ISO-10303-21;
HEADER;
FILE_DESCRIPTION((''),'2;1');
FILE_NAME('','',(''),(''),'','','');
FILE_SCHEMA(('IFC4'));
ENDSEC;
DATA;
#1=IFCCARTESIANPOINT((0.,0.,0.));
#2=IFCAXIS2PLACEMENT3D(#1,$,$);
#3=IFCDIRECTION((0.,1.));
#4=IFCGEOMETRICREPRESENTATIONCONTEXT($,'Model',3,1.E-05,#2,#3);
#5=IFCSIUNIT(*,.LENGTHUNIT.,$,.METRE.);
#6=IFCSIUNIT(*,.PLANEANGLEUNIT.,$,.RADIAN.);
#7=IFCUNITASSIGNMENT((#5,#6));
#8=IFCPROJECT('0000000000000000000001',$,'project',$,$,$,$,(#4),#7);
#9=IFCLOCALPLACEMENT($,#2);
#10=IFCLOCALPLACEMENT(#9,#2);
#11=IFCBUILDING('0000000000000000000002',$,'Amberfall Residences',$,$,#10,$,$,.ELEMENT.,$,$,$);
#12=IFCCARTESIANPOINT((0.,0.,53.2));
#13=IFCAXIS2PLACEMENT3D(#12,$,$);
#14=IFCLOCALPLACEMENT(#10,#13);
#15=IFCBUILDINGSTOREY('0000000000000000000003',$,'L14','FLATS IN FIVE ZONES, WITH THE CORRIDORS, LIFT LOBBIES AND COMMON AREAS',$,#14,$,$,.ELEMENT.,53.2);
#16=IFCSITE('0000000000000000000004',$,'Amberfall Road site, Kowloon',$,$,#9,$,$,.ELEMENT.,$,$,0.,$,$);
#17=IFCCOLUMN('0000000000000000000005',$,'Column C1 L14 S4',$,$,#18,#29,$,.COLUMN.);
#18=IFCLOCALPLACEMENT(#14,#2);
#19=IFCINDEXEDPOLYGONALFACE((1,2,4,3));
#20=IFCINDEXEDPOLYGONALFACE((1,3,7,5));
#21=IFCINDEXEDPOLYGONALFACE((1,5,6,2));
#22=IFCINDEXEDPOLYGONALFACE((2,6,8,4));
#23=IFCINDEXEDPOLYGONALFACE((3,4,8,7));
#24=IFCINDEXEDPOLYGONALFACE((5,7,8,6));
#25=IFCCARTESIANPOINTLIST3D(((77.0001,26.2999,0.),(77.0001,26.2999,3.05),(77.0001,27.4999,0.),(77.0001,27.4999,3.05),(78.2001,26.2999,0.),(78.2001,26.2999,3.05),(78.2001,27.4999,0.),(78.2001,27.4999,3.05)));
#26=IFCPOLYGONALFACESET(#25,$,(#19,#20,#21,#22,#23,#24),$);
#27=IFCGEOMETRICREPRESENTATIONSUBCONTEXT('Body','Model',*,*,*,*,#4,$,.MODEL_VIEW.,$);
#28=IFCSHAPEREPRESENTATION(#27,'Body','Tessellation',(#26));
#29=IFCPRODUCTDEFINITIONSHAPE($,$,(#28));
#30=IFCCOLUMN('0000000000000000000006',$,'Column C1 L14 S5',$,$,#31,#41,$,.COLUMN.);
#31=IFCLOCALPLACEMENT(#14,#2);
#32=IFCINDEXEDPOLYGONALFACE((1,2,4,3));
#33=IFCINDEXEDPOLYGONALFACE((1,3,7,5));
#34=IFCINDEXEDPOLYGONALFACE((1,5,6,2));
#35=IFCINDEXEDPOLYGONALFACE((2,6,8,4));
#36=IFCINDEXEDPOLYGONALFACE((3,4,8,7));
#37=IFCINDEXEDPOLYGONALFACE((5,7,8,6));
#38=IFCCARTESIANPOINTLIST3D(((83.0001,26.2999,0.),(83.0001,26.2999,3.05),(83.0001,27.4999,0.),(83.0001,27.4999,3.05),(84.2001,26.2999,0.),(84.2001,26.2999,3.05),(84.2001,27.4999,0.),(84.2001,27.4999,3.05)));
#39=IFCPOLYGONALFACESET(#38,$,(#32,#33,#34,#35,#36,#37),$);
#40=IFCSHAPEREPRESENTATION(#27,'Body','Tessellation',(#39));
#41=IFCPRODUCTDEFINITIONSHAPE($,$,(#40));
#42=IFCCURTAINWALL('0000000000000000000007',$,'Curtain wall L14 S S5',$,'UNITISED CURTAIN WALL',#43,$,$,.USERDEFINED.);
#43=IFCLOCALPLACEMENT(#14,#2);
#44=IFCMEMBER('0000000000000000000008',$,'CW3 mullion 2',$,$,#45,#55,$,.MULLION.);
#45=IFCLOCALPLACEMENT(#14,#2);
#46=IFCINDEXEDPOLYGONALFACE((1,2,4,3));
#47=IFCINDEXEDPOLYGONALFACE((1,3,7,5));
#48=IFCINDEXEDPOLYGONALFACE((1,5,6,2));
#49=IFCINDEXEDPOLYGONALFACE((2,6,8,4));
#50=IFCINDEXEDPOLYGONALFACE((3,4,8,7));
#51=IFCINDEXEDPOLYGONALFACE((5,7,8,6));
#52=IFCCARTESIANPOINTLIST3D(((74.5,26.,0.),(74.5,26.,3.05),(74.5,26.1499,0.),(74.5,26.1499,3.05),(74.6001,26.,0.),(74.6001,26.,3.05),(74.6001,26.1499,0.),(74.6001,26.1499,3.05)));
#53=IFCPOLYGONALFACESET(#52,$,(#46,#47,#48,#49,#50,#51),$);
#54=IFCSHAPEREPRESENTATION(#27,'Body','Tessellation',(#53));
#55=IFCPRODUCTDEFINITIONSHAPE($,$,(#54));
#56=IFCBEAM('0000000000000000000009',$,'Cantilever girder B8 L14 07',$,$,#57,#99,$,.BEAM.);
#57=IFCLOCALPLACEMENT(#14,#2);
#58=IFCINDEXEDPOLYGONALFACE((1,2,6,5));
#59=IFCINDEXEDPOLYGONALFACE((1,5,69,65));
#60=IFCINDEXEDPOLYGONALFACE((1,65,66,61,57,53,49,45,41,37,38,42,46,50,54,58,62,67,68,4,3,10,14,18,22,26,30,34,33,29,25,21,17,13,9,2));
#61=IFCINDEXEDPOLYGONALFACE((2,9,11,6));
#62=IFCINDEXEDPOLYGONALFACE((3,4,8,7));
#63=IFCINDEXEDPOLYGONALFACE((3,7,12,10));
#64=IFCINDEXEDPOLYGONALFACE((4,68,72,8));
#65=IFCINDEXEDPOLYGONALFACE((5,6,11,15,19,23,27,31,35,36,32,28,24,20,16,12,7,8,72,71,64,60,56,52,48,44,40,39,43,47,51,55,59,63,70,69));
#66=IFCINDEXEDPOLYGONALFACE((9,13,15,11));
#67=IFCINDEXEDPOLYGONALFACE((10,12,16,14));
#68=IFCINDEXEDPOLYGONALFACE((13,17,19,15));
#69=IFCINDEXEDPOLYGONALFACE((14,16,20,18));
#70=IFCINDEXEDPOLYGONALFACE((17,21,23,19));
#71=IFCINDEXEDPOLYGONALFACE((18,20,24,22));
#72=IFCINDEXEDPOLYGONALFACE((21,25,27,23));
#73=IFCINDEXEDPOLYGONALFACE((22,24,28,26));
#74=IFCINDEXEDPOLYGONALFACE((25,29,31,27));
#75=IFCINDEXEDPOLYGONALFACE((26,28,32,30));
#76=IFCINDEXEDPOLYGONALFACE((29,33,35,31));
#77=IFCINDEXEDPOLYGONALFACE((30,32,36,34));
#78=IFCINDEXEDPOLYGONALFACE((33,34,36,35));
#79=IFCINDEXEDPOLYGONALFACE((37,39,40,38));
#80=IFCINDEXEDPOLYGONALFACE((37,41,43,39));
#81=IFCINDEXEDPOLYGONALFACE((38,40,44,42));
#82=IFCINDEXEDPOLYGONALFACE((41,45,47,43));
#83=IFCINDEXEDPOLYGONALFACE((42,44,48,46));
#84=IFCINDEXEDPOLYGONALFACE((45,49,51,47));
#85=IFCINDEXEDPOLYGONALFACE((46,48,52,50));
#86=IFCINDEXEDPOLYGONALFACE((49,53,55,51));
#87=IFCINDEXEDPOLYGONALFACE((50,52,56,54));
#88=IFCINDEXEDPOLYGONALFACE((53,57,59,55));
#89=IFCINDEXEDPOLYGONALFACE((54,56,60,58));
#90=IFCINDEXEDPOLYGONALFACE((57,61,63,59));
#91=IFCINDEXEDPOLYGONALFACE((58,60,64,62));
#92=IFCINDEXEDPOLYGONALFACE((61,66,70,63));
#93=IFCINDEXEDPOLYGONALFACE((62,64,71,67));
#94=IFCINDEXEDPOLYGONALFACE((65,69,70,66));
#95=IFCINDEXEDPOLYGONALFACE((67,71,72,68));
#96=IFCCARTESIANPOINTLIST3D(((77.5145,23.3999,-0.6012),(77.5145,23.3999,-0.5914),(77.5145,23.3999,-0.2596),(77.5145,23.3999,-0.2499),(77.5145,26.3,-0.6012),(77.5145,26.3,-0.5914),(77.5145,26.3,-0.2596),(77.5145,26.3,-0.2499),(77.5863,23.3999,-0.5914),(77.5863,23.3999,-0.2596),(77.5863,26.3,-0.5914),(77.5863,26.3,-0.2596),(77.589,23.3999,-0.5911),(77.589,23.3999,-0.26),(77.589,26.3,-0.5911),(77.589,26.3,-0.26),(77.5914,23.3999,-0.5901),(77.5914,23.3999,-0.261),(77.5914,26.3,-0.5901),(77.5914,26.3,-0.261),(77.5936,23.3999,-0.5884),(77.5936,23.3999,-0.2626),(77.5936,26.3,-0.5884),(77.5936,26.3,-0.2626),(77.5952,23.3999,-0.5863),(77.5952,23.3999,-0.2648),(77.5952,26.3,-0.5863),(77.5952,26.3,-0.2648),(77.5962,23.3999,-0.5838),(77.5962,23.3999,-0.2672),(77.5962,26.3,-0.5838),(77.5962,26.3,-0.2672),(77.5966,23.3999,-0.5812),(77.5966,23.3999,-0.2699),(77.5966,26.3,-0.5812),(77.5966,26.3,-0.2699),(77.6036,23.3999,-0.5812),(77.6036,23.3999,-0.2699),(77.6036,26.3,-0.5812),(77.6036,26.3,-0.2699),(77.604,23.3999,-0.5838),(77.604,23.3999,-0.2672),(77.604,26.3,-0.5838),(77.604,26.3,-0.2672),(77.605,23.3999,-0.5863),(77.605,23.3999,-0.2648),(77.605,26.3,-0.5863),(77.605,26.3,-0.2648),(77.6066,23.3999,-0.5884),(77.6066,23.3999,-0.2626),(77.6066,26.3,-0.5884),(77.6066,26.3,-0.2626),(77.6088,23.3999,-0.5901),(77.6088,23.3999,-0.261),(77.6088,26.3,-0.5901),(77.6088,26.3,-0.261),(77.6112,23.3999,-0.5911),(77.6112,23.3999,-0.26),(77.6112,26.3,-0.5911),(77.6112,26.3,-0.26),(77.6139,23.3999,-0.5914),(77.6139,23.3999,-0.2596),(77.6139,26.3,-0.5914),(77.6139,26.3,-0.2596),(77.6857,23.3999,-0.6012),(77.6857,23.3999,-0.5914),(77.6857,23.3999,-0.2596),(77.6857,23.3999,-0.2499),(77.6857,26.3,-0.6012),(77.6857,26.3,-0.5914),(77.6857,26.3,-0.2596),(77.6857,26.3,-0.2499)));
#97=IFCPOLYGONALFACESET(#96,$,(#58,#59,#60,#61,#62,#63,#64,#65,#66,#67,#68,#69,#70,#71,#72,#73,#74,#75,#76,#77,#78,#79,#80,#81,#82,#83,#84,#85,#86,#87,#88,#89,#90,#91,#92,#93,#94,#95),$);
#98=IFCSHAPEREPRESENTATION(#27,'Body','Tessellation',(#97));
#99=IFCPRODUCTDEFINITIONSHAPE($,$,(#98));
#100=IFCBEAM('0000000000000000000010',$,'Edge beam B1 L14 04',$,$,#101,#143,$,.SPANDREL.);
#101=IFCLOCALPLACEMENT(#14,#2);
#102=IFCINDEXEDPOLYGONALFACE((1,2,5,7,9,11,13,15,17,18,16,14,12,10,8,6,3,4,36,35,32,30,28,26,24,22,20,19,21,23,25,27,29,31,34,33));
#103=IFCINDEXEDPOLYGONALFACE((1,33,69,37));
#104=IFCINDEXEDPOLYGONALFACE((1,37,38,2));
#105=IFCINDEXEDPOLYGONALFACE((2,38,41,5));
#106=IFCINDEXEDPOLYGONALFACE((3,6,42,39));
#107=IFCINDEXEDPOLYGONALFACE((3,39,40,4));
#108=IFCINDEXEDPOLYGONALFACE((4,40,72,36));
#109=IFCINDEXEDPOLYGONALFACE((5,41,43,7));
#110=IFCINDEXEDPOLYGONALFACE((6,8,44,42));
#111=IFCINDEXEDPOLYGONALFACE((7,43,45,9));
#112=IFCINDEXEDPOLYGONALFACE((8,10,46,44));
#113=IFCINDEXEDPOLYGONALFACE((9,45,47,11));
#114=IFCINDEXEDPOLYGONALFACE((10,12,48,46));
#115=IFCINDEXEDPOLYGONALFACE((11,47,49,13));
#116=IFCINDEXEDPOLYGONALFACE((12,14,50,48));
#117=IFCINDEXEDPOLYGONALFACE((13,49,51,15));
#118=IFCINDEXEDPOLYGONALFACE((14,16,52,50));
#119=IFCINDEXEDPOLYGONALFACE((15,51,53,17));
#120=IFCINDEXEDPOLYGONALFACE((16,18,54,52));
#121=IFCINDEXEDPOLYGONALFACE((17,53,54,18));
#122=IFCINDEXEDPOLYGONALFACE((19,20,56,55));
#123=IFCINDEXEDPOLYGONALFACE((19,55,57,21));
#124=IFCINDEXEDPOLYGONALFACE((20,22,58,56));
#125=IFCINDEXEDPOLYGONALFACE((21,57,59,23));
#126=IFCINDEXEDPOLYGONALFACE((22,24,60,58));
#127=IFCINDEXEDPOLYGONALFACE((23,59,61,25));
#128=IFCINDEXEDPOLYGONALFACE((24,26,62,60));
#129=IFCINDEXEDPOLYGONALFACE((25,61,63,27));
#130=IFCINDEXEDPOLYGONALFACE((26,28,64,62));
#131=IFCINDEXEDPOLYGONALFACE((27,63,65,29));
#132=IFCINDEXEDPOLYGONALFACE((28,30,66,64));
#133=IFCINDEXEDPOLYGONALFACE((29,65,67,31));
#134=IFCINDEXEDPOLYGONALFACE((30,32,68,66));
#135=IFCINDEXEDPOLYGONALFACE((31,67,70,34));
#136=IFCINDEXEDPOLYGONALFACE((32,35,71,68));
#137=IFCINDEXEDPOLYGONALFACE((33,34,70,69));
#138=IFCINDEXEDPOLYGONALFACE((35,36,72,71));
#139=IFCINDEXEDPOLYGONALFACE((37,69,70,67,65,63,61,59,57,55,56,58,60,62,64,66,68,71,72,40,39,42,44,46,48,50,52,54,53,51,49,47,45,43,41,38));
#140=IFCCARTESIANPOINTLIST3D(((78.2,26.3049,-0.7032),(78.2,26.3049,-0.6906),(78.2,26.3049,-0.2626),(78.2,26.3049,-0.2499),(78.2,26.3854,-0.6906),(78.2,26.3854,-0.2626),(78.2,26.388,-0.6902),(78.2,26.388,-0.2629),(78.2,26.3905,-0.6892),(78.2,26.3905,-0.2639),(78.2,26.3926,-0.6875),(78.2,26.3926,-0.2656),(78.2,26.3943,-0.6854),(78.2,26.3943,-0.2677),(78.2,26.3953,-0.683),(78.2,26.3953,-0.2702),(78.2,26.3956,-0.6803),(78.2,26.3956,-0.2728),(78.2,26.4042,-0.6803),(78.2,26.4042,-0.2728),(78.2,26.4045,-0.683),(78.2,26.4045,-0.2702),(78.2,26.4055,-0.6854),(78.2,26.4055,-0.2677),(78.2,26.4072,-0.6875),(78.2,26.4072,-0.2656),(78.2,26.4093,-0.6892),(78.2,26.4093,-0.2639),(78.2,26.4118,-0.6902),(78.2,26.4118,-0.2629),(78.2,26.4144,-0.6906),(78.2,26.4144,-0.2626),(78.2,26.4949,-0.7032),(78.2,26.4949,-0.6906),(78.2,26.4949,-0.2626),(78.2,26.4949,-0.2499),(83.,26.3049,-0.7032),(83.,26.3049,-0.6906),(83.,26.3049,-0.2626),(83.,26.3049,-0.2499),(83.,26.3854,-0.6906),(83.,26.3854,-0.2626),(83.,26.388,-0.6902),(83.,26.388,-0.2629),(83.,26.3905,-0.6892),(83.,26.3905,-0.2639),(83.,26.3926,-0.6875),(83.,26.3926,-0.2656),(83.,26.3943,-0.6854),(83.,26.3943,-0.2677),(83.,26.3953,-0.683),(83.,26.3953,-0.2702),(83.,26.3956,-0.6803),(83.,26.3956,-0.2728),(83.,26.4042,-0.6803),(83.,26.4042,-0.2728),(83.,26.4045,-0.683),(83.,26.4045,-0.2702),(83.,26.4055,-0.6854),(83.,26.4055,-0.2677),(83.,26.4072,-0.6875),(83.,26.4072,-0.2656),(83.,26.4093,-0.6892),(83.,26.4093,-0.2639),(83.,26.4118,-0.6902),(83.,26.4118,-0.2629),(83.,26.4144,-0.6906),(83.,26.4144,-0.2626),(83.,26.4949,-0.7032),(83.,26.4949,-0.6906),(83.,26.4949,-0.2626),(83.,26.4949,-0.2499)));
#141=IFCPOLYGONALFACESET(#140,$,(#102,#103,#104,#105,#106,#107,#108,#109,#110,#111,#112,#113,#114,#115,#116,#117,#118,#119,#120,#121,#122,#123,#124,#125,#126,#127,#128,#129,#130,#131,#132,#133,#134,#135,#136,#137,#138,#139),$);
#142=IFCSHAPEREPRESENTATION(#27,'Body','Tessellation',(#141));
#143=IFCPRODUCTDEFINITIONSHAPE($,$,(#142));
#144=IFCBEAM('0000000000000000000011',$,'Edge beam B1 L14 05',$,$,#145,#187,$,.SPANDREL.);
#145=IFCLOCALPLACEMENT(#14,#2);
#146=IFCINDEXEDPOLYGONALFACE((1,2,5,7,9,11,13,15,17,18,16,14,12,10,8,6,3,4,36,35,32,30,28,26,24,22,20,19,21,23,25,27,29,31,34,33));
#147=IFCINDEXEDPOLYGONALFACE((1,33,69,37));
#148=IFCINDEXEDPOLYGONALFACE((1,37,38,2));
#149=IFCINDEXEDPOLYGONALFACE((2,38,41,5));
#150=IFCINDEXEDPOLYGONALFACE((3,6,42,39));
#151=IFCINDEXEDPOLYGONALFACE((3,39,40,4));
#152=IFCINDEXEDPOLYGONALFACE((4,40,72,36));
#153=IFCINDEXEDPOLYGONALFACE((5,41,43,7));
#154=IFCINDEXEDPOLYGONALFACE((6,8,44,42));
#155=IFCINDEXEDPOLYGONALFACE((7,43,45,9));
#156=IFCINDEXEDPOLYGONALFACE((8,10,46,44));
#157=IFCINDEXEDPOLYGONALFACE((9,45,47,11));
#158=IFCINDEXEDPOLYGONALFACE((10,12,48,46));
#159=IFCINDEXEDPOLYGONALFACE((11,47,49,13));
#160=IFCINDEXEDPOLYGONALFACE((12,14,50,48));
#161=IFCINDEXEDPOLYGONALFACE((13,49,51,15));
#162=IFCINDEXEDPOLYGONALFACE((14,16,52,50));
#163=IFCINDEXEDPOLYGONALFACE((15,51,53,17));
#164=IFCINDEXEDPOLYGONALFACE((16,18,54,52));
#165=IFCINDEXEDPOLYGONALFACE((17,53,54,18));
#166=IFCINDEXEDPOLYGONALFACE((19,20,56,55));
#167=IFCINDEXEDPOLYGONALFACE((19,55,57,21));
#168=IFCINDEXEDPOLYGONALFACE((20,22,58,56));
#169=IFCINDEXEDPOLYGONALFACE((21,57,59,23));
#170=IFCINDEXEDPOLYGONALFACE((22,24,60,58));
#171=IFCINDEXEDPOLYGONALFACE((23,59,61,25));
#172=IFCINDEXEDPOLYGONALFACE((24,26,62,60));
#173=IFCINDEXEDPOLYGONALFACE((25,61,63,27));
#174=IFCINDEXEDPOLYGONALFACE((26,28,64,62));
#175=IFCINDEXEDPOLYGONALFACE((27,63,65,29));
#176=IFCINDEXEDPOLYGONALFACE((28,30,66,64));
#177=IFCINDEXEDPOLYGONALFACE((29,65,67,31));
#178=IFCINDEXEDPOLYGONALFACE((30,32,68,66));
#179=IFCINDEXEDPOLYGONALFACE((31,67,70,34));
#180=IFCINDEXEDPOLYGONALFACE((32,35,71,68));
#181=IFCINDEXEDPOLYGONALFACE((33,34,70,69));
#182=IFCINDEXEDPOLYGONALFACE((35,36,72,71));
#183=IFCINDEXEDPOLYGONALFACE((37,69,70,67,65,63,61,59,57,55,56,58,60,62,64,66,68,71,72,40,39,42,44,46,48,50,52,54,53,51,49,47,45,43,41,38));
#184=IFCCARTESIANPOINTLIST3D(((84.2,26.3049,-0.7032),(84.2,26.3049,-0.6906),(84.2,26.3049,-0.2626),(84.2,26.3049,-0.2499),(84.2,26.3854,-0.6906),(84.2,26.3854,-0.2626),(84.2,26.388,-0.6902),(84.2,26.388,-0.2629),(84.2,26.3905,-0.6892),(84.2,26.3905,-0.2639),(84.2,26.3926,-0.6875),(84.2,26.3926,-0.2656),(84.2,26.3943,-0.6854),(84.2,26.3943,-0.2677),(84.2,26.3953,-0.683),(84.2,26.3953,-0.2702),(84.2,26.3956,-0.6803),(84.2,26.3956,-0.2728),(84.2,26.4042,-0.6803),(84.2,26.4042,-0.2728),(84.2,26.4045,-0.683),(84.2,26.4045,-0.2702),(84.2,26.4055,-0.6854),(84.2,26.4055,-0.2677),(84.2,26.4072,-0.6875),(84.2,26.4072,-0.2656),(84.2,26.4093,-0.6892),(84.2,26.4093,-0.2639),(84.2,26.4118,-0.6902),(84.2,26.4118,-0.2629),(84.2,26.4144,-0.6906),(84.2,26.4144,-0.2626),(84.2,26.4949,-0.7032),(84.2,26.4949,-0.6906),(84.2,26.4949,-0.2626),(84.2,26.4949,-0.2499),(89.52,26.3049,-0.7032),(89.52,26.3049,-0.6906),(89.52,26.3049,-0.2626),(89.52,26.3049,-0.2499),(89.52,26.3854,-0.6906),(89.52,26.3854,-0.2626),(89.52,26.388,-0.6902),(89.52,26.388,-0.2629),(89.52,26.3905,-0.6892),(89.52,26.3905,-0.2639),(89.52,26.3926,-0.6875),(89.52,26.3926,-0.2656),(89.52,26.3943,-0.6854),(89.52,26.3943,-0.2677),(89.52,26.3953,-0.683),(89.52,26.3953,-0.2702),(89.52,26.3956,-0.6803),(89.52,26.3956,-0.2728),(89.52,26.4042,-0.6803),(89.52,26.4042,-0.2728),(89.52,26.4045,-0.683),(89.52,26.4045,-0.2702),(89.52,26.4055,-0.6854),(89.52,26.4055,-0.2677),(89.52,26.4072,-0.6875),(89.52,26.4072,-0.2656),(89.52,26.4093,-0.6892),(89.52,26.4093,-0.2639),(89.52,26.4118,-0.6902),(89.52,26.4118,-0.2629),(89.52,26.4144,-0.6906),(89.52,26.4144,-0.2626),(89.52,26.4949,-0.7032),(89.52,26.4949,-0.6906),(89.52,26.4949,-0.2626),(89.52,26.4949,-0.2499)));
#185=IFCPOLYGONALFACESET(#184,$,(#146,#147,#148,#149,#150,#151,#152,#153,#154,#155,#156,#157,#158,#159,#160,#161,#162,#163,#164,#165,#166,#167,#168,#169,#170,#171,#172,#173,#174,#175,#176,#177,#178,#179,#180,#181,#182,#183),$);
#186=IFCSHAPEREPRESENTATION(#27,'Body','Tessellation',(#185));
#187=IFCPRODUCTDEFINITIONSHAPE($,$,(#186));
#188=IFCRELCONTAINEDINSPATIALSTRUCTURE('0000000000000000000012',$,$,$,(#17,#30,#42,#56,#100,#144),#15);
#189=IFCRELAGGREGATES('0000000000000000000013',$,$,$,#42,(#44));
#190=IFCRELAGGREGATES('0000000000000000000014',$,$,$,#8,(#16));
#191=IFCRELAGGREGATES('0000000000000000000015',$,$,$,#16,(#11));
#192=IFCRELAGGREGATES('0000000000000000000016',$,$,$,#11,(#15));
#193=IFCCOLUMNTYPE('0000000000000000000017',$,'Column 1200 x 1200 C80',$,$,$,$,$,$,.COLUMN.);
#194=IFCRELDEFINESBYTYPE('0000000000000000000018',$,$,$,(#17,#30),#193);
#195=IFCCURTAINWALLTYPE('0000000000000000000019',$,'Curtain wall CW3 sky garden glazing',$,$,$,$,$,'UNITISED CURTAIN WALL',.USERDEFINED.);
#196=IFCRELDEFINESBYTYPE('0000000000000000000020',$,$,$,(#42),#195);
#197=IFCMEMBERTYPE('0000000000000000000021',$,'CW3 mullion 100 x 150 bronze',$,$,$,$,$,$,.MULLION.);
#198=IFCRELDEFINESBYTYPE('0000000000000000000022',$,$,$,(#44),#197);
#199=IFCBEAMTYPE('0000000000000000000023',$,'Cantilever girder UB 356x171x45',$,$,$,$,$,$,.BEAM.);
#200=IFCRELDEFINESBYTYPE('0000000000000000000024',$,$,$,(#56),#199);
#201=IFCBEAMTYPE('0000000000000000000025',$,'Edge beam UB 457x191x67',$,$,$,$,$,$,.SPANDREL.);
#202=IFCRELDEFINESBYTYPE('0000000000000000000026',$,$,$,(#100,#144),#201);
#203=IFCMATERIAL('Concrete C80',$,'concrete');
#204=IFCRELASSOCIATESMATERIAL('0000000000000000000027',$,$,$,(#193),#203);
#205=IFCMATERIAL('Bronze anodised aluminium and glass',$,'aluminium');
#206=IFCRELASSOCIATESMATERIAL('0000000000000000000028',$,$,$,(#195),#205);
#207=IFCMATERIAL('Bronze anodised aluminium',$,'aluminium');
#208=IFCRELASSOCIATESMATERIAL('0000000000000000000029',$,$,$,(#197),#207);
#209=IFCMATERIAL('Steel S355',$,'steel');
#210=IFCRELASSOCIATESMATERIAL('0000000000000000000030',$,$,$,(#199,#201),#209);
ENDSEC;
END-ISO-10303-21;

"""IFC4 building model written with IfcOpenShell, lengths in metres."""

from ifc_helpers import new_model, si_unit, direction, frame, origin, origin_2d, place, context, subcontext, project, spatial, rectangle, i_section, extrude, material, material_profile, profile_set, type_object, element, aggregate, save


model = new_model("IFC4")

# Units and contexts
model_context = context("Model", 3, precision=1e-05, world=origin(), true_north=direction((0.0, 1.0)))
body_context = subcontext(model_context, "Body", "Model", "MODEL_VIEW")
ifc_project = project(units=[si_unit("LENGTHUNIT", "METRE"), si_unit("PLANEANGLEUNIT", "RADIAN")], contexts=[model_context])

# Site, building, storey
site_placement = place(None, origin())
site = spatial("IfcSite", under=ifc_project, at=site_placement, Name="Amberfall Road site, Kowloon", CompositionType="ELEMENT", RefElevation=0.0)
building_placement = place(site_placement, origin())
building = spatial("IfcBuilding", under=site, at=building_placement, Name="Amberfall Residences", CompositionType="ELEMENT")
storey_placement = place(building_placement, frame((0.0, 0.0, 53.2)))
storey = spatial("IfcBuildingStorey", under=building, at=storey_placement, Name="L14", Description="FLATS IN FIVE ZONES, WITH THE CORRIDORS, LIFT LOBBIES AND COMMON AREAS", CompositionType="ELEMENT", Elevation=53.2)

# Columns
ifc_material_1 = material(Name="Concrete C80", Category="concrete")
ifc_material_profile_1 = material_profile(ifc_material_1, rectangle(XDim=1.2, YDim=1.2, at=origin_2d()), Name="Column 1200 x 1200 C80")
ifc_profile_set_1 = profile_set([ifc_material_profile_1], Name="Concrete C80")
column_type = type_object("IfcColumnType", Name="Column 1200 x 1200 C80", PredefinedType="COLUMN", material=ifc_profile_set_1)
for number, where, z_axis, x_axis, name in (
    (1, (77.6001, 26.8999, 0.0), (0.0, 0.0, 1.0), (1.0, 0.0, 0.0), "Column C1 L14 S4"),
    (2, (83.6001, 26.8999, 0.0), (0.0, 0.0, 1.0), (1.0, 0.0, 0.0), "Column C1 L14 S5"),
):
    element("IfcColumn", number, at=place(storey_placement, frame(where, z_axis=z_axis, x_axis=x_axis)), inside=storey, type_object=column_type, Name=name, PredefinedType="COLUMN", context=body_context, shape_type="SweptSolid", body=[
        extrude(rectangle(XDim=1.2, YDim=1.2, at=origin_2d()), origin(), (0.0, 0.0, 1.0), 3.05),
    ])

# Curtain wall, member
ifc_material_2 = material(Name="Bronze anodised aluminium and glass", Category="aluminium")
curtain_wall_type = type_object("IfcCurtainWallType", Name="Curtain wall CW3 sky garden glazing", ElementType="UNITISED CURTAIN WALL", PredefinedType="USERDEFINED", material=ifc_material_2)
curtain_wall_placement = place(storey_placement, origin())
curtain_wall = element("IfcCurtainWall", 3, at=curtain_wall_placement, inside=storey, type_object=curtain_wall_type, Name="Curtain wall L14 S S5", ObjectType="UNITISED CURTAIN WALL", PredefinedType="USERDEFINED")
ifc_material_3 = material(Name="Bronze anodised aluminium", Category="aluminium")
ifc_material_profile_2 = material_profile(ifc_material_3, rectangle(XDim=0.1499, YDim=0.1001, at=origin_2d()), Name="CW3 mullion 100 x 150 bronze")
ifc_profile_set_2 = profile_set([ifc_material_profile_2], Name="Bronze anodised aluminium")
member_type = type_object("IfcMemberType", Name="CW3 mullion 100 x 150 bronze", PredefinedType="MULLION", material=ifc_profile_set_2)
member_placement = place(storey_placement, frame((74.55, 26.075, 0.0), z_axis=(0.0, 0.0, 1.0), x_axis=(0.0, 1.0, 0.0)))
member = element("IfcMember", 4, at=member_placement, type_object=member_type, Name="CW3 mullion 2", PredefinedType="MULLION", context=body_context, shape_type="SweptSolid", body=[
    extrude(rectangle(XDim=0.1499, YDim=0.1001, at=origin_2d()), origin(), (0.0, 0.0, 1.0), 3.05),
])

# Beams
ifc_material_4 = material(Name="Steel S355", Category="steel")
ifc_material_profile_3 = material_profile(ifc_material_4, i_section(OverallWidth=0.1711, OverallDepth=0.3513, WebThickness=0.0071, FlangeThickness=0.0098, FilletRadius=0.0103, at=origin_2d()), Name="UB 356x171x45")
ifc_profile_set_3 = profile_set([ifc_material_profile_3], Name="Steel S355")
beam_type_1 = type_object("IfcBeamType", Name="Cantilever girder UB 356x171x45", PredefinedType="BEAM", material=ifc_profile_set_3)
beam_1_placement = place(storey_placement, frame((77.6001, 26.3, -0.4255), z_axis=(0.0, -1.0, 0.0), x_axis=(1.0, 0.0, 0.0)))
element("IfcBeam", 5, at=beam_1_placement, inside=storey, type_object=beam_type_1, Name="Cantilever girder B8 L14 07", PredefinedType="BEAM", context=body_context, shape_type="SweptSolid", body=[
    extrude(i_section(OverallWidth=0.1711, OverallDepth=0.3513, WebThickness=0.0071, FlangeThickness=0.0098, FilletRadius=0.0103, at=origin_2d()), origin(), (0.0, 0.0, 1.0), 2.9001),
])
ifc_material_profile_4 = material_profile(ifc_material_4, i_section(OverallWidth=0.1899, OverallDepth=0.4534, WebThickness=0.0085, FlangeThickness=0.0127, FilletRadius=0.0103, at=origin_2d()), Name="UB 457x191x67")
ifc_profile_set_4 = profile_set([ifc_material_profile_4], Name="Steel S355")
beam_type_2 = type_object("IfcBeamType", Name="Edge beam UB 457x191x67", PredefinedType="SPANDREL", material=ifc_profile_set_4)
beam_2_placement = place(storey_placement, frame((78.2, 26.3999, -0.4766), z_axis=(1.0, 0.0, 0.0), x_axis=(0.0, 1.0, 0.0)))
element("IfcBeam", 6, at=beam_2_placement, inside=storey, type_object=beam_type_2, Name="Edge beam B1 L14 04", PredefinedType="SPANDREL", context=body_context, shape_type="SweptSolid", body=[
    extrude(i_section(OverallWidth=0.1899, OverallDepth=0.4534, WebThickness=0.0085, FlangeThickness=0.0127, FilletRadius=0.0103, at=origin_2d()), origin(), (0.0, 0.0, 1.0), 4.8),
])
beam_3_placement = place(storey_placement, frame((84.2, 26.3999, -0.4766), z_axis=(1.0, 0.0, 0.0), x_axis=(0.0, 1.0, 0.0)))
element("IfcBeam", 7, at=beam_3_placement, inside=storey, type_object=beam_type_2, Name="Edge beam B1 L14 05", PredefinedType="SPANDREL", context=body_context, shape_type="SweptSolid", body=[
    extrude(i_section(OverallWidth=0.1899, OverallDepth=0.4534, WebThickness=0.0085, FlangeThickness=0.0127, FilletRadius=0.0103, at=origin_2d()), origin(), (0.0, 0.0, 1.0), 5.3201),
])

aggregate(curtain_wall, [member])

save(model, "model.ifc")
